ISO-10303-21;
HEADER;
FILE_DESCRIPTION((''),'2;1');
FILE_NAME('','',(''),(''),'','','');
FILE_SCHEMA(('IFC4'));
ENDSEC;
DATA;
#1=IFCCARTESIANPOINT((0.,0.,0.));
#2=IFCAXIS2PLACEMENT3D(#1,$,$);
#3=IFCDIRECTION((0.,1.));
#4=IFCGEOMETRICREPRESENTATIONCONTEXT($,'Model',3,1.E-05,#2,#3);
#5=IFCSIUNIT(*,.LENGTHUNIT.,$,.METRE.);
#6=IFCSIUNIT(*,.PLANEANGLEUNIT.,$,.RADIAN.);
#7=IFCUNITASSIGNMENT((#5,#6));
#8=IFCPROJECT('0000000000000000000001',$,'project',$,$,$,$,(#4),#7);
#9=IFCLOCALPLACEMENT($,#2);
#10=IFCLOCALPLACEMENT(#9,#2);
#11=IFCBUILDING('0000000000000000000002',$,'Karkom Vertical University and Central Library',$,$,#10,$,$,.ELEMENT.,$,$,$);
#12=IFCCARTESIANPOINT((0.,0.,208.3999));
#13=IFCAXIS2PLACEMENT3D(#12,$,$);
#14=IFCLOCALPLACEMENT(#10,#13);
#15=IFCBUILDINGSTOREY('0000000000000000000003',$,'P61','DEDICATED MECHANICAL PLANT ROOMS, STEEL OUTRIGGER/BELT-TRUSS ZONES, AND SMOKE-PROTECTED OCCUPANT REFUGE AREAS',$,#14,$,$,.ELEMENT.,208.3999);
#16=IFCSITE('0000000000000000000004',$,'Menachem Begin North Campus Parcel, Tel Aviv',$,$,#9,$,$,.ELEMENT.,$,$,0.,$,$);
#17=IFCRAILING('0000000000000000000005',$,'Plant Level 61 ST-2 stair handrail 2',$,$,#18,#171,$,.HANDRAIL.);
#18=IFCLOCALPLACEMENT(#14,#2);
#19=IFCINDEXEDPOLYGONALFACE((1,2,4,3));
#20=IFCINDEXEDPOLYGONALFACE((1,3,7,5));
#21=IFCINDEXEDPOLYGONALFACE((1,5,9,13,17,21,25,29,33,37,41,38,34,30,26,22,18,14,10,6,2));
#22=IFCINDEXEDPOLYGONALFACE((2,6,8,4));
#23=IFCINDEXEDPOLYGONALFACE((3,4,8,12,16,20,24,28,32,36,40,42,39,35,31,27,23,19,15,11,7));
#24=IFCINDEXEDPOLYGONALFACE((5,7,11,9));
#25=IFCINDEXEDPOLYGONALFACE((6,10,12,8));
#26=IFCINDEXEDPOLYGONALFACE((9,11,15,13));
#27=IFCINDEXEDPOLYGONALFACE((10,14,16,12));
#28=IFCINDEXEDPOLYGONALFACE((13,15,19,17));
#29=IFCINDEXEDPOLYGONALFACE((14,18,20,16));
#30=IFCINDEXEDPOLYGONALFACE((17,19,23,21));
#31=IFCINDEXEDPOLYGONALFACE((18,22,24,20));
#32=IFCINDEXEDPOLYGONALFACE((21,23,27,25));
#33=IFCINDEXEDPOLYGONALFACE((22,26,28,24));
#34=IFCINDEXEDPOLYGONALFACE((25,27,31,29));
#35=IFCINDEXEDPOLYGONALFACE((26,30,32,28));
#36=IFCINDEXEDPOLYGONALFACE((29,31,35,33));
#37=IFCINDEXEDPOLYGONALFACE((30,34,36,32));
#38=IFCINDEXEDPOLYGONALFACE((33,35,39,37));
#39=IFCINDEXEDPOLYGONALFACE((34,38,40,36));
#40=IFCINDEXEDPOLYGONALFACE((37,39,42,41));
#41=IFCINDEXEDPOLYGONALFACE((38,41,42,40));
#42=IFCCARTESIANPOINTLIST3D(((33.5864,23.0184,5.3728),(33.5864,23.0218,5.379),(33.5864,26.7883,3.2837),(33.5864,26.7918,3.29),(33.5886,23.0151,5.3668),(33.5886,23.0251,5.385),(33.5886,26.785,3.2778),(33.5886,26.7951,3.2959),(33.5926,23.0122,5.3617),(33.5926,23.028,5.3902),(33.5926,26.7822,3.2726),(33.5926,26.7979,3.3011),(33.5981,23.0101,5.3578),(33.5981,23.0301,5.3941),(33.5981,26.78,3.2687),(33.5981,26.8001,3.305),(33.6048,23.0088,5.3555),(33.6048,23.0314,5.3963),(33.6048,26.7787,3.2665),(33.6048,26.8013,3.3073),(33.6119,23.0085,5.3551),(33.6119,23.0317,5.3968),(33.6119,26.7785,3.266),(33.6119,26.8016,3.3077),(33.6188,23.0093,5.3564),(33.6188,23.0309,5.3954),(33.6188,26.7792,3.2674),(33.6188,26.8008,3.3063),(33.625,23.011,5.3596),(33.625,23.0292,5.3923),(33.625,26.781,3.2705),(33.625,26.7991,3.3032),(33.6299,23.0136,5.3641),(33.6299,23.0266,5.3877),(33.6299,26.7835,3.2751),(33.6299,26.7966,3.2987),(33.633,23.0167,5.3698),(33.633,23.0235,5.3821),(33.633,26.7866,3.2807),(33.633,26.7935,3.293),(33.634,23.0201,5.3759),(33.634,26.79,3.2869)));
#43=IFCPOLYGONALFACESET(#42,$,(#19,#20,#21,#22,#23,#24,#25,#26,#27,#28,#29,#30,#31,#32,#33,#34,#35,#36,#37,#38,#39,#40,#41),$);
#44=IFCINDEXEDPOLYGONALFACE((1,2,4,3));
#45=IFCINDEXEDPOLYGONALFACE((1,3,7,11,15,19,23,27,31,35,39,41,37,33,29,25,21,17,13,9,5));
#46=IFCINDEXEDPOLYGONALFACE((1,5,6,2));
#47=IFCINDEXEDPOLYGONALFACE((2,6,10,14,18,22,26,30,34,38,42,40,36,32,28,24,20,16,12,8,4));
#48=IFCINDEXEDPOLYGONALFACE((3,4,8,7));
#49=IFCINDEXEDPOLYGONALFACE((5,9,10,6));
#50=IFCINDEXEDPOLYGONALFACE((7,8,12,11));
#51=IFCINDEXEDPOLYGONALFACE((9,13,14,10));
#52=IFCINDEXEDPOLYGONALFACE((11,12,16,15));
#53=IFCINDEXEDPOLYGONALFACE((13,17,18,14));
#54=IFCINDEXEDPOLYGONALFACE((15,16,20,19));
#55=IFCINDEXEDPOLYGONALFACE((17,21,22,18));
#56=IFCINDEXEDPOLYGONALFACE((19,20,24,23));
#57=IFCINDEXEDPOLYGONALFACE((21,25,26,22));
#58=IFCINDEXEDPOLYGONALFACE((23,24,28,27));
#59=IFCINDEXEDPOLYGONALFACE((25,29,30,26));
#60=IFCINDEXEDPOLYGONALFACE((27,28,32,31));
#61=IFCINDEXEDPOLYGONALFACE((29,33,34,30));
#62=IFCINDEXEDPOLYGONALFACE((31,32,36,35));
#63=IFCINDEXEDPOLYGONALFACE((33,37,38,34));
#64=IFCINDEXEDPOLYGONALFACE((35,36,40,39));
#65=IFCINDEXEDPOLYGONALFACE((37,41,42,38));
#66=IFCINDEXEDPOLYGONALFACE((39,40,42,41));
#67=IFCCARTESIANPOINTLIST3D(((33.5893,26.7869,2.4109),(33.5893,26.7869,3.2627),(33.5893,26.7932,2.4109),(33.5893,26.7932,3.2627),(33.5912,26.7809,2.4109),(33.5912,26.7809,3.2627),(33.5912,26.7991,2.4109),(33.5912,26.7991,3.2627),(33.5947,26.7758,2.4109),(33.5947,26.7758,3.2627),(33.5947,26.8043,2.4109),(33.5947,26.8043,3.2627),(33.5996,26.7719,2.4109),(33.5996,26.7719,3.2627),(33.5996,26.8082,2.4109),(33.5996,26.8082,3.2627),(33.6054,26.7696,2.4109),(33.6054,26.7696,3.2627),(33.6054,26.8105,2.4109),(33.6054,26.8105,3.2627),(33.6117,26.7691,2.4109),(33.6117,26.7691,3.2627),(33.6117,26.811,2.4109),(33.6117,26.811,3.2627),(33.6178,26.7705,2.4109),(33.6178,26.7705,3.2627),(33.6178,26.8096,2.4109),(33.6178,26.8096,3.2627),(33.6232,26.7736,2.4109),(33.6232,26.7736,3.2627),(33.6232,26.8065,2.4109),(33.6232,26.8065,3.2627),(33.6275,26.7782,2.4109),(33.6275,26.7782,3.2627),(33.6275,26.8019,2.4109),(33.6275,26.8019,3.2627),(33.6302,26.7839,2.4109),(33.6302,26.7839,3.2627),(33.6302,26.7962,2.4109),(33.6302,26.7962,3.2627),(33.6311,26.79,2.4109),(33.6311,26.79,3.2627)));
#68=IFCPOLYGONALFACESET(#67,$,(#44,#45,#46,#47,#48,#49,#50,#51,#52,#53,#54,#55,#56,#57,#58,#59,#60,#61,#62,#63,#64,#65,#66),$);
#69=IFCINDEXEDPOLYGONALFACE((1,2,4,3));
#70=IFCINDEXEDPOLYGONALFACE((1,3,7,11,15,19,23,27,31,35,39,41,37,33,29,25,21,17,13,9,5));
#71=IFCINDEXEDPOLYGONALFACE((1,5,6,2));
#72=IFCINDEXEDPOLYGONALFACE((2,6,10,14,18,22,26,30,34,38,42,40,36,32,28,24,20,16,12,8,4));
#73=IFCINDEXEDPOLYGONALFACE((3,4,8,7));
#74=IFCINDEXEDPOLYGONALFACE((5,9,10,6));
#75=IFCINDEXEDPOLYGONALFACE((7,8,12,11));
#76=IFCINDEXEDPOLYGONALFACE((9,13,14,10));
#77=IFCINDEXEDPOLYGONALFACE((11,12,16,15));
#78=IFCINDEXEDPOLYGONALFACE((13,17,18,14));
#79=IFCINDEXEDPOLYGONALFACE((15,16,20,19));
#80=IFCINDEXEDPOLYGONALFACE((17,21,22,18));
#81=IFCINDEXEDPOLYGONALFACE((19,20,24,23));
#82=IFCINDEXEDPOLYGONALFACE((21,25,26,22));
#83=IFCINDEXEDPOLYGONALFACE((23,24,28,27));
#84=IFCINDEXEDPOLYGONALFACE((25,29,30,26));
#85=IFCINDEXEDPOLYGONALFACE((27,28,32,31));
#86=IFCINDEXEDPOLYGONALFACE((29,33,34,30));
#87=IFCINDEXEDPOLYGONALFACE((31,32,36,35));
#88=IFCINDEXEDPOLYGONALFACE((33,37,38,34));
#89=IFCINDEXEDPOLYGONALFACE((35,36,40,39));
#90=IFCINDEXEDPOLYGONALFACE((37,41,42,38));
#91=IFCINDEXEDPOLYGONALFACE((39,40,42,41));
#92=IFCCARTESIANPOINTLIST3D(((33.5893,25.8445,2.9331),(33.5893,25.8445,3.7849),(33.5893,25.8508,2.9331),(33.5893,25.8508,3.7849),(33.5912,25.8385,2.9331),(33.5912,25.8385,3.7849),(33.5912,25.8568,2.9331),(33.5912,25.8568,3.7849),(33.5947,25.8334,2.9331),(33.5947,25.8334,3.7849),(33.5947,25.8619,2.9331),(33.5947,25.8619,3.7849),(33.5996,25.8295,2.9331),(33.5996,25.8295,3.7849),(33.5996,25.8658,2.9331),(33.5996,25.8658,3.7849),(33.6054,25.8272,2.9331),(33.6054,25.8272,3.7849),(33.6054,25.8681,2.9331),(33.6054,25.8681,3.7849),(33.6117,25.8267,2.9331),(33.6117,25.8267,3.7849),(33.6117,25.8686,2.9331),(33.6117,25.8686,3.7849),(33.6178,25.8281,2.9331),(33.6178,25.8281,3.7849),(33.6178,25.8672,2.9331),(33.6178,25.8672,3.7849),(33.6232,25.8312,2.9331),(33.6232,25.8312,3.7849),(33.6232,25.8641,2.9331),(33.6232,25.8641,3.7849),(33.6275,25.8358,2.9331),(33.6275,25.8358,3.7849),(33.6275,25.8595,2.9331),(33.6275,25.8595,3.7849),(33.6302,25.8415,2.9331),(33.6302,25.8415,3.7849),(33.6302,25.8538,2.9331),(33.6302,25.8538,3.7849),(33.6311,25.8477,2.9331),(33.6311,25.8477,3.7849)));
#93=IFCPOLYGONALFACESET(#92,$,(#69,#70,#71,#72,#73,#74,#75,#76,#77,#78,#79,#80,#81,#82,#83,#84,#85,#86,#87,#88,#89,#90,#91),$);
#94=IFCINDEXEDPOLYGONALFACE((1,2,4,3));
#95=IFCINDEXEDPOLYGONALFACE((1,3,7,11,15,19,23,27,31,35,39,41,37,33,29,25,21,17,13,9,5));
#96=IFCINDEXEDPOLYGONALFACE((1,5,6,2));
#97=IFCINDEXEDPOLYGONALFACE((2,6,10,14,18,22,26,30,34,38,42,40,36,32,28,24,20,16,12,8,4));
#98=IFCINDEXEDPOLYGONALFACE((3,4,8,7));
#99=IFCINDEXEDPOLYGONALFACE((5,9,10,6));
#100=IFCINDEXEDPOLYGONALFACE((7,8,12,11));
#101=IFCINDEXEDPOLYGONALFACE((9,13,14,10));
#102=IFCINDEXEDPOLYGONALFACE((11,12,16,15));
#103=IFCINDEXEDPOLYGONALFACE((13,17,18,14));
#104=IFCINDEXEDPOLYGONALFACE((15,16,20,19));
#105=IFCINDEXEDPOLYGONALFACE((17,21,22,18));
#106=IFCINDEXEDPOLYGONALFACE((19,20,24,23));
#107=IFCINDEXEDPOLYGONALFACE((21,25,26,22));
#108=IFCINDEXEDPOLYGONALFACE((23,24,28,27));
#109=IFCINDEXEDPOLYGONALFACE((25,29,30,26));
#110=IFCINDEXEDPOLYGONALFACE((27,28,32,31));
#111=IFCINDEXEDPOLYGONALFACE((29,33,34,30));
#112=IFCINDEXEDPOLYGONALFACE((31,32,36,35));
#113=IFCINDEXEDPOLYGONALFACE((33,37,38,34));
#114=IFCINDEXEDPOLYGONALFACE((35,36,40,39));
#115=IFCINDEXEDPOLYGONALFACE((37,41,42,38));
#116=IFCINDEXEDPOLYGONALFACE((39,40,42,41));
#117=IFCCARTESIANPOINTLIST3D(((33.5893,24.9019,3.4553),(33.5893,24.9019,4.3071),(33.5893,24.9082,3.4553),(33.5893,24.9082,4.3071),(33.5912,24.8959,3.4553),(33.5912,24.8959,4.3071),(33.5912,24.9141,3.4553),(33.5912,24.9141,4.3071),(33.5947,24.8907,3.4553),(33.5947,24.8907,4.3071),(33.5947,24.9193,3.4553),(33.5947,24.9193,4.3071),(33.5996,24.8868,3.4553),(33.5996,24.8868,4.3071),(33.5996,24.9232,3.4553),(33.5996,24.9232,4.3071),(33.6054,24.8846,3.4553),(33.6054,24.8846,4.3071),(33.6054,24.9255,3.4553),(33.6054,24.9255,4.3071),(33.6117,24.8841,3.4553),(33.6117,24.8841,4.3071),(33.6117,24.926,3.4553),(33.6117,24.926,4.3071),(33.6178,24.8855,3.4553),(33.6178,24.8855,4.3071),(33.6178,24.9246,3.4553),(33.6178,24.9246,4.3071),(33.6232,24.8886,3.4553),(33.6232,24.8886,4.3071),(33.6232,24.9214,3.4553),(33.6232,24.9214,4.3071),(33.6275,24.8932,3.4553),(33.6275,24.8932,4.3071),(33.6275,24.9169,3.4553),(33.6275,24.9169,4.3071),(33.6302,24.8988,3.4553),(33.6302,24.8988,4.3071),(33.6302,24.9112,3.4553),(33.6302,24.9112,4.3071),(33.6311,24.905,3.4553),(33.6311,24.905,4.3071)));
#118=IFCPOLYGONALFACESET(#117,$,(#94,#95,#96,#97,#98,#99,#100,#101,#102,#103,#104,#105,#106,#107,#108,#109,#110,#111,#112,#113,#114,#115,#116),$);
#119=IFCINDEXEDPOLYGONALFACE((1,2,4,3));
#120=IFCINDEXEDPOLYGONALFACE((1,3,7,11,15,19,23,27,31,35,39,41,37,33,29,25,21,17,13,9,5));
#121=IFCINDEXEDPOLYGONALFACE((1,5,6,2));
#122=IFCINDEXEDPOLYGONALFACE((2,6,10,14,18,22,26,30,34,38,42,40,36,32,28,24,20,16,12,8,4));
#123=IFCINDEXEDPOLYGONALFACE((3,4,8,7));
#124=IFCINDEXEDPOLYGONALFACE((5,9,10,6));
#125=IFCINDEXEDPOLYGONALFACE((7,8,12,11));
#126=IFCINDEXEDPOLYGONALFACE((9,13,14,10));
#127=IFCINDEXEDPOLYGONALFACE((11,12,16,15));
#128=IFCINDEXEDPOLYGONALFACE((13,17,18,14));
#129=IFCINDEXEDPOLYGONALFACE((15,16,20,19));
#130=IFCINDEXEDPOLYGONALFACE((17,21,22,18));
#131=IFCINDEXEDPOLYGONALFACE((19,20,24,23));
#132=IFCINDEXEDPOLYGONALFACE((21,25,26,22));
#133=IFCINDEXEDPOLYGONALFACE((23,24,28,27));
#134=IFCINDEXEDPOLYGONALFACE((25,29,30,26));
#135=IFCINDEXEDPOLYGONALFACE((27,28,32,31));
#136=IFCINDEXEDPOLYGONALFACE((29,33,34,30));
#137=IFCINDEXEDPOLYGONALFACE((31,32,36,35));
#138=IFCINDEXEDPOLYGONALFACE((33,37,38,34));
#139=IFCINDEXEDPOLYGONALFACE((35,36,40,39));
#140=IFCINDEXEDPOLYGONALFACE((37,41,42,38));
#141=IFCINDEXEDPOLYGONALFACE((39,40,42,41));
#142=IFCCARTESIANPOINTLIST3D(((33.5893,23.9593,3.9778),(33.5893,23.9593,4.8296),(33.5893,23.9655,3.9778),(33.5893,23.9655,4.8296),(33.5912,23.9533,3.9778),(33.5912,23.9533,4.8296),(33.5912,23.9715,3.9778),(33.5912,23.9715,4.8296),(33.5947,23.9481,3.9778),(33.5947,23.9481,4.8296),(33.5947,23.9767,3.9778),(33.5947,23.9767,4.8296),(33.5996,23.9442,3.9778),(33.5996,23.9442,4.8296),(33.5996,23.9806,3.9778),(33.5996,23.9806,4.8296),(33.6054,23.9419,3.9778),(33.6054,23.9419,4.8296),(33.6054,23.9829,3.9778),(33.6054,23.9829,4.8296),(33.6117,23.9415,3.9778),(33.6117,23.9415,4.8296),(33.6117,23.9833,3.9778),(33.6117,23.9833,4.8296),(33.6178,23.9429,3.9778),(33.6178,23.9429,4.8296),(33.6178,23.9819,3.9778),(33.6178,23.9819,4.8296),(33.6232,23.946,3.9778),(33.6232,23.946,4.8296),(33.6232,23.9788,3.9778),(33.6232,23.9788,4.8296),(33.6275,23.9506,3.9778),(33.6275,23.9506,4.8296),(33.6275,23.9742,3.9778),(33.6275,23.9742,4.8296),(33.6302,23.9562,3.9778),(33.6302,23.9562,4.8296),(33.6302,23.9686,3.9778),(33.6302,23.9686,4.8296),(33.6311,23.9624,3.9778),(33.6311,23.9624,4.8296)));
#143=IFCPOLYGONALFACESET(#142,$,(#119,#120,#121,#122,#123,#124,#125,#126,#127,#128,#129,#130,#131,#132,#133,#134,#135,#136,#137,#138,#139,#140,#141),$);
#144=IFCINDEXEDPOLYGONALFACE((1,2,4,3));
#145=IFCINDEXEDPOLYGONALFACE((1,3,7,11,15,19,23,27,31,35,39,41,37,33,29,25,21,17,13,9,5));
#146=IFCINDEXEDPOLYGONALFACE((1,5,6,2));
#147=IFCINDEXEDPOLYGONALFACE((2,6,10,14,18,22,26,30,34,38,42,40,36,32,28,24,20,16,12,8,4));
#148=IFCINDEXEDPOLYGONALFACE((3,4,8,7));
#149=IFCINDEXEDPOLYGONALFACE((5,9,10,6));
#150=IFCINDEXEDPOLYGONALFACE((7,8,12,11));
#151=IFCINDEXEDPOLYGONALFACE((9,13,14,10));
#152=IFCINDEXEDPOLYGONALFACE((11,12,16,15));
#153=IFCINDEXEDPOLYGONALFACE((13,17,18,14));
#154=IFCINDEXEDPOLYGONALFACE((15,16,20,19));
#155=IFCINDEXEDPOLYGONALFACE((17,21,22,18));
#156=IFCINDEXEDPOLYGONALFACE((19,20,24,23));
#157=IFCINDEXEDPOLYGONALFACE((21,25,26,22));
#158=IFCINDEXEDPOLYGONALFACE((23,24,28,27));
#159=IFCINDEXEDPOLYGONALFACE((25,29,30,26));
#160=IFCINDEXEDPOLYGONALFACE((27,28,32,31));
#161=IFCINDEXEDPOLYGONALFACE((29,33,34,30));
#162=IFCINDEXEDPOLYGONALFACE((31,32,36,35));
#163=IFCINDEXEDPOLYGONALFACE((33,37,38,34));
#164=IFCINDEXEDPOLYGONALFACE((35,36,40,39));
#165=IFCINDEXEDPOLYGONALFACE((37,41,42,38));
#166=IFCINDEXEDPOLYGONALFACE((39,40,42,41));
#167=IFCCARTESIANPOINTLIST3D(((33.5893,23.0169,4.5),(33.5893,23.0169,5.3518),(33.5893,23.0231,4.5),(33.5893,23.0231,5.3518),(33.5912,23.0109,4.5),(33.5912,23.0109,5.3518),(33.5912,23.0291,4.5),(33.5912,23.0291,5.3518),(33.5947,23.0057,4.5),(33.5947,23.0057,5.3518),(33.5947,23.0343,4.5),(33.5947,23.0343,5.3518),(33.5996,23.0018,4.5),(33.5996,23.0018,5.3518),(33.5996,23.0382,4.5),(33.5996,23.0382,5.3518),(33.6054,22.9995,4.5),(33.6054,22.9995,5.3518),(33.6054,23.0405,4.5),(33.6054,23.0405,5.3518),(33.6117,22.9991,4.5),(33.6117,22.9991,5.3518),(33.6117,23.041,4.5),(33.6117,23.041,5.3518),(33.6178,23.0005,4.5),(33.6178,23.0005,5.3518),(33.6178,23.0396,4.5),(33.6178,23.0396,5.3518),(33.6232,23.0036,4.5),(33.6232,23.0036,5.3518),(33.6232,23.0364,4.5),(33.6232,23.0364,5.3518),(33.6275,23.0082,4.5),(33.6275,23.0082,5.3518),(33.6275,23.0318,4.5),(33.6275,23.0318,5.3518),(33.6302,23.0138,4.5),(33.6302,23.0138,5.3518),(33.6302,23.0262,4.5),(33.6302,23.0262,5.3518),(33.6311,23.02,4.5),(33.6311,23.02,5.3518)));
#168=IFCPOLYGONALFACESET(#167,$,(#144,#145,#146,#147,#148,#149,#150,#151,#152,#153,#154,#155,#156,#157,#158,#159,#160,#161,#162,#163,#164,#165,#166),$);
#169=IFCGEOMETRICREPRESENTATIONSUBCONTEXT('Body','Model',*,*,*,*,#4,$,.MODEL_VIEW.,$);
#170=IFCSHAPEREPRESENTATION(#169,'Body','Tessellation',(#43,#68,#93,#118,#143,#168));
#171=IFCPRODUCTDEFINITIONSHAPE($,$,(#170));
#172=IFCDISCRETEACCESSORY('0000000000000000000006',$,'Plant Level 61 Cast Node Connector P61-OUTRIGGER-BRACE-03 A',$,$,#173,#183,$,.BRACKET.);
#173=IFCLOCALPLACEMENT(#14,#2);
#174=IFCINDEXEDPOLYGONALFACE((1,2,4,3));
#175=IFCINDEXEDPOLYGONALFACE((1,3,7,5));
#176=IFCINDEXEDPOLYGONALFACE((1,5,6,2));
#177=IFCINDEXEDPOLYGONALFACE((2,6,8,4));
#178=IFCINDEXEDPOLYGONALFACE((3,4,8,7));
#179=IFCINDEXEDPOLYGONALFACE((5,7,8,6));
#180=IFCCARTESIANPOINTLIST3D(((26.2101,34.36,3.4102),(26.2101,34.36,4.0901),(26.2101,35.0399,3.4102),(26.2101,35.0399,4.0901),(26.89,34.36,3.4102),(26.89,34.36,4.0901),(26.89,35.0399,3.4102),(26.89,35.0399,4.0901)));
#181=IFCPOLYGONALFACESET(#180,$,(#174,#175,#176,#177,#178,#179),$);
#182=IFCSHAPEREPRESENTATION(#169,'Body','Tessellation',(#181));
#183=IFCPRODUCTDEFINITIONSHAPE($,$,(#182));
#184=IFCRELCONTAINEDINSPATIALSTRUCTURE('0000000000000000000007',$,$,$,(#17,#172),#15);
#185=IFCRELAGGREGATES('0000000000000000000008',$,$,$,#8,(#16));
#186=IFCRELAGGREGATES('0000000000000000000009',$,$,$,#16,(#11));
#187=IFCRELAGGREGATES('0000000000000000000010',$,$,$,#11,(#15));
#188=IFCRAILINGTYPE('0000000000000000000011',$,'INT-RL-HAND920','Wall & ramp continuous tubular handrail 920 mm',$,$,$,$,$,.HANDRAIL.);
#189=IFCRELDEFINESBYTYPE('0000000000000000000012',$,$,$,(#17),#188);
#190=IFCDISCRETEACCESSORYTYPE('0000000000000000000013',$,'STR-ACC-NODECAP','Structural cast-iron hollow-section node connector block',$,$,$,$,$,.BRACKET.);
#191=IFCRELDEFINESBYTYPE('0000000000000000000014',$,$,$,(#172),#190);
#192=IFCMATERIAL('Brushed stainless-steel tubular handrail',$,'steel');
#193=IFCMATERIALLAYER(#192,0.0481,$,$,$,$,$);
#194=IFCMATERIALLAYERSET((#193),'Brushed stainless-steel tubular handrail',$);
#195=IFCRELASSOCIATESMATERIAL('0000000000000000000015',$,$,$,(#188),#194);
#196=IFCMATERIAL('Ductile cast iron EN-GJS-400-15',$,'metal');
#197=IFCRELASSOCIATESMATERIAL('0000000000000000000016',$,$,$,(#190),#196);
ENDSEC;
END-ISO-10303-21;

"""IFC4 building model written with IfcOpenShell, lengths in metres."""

from ifc_helpers import new_model, si_unit, direction, frame, origin, origin_with_axes, origin_2d, place, context, subcontext, project, spatial, rectangle, circle, extrude, source, transform, mapped, material, layer, layer_set, type_object, element, save


model = new_model("IFC4")

# Units and contexts
model_context = context("Model", 3, precision=1e-05, world=origin(), true_north=direction((0.0, 1.0)))
body_context = subcontext(model_context, "Body", "Model", "MODEL_VIEW")
ifc_project = project(units=[si_unit("LENGTHUNIT", "METRE"), si_unit("PLANEANGLEUNIT", "RADIAN")], contexts=[model_context])

# Site, building, storey
site_placement = place(None, origin())
site = spatial("IfcSite", under=ifc_project, at=site_placement, Name="Menachem Begin North Campus Parcel, Tel Aviv", CompositionType="ELEMENT", RefElevation=0.0)
building_placement = place(site_placement, origin())
building = spatial("IfcBuilding", under=site, at=building_placement, Name="Karkom Vertical University and Central Library", CompositionType="ELEMENT")
storey_placement = place(building_placement, frame((0.0, 0.0, 208.3999)))
storey = spatial("IfcBuildingStorey", under=building, at=storey_placement, Name="P61", Description="DEDICATED MECHANICAL PLANT ROOMS, STEEL OUTRIGGER/BELT-TRUSS ZONES, AND SMOKE-PROTECTED OCCUPANT REFUGE AREAS", CompositionType="ELEMENT", Elevation=208.3999)

# Railing
ifc_material_1 = material(Name="Brushed stainless-steel tubular handrail", Category="steel")
ifc_layer_1 = layer(ifc_material_1, 0.0481)
ifc_layer_set_1 = layer_set([ifc_layer_1], Name="Brushed stainless-steel tubular handrail")
railing_type = type_object("IfcRailingType", Name="INT-RL-HAND920", Description="Wall & ramp continuous tubular handrail 920 mm", PredefinedType="HANDRAIL", material=ifc_layer_set_1)
railing_placement = place(storey_placement, frame((33.6101, 26.79, 2.4109)))
element("IfcRailing", 1, at=railing_placement, inside=storey, type_object=railing_type, Name="Plant Level 61 ST-2 stair handrail 2", PredefinedType="HANDRAIL", context=body_context, shape_type="SweptSolid", body=[
    extrude(circle(Radius=0.0239, at=origin_2d()), frame((0.0, 0.0, 0.876), z_axis=(0.0, -0.874683, 0.484695), x_axis=(1.0, 0.0, 0.0)), (0.0, 0.0, 1.0), 4.3101),
    extrude(circle(Radius=0.021, at=origin_2d()), origin(), (0.0, 0.0, 1.0), 0.8518),
    extrude(circle(Radius=0.021, at=origin_2d()), frame((0.0, -0.9424, 0.5222)), (0.0, 0.0, 1.0), 0.8518),
    extrude(circle(Radius=0.021, at=origin_2d()), frame((0.0, -1.885, 1.0444)), (0.0, 0.0, 1.0), 0.8518),
    extrude(circle(Radius=0.021, at=origin_2d()), frame((0.0, -2.8276, 1.5669)), (0.0, 0.0, 1.0), 0.8518),
    extrude(circle(Radius=0.021, at=origin_2d()), frame((0.0, -3.77, 2.0891)), (0.0, 0.0, 1.0), 0.8518),
])

# Discrete accessory
ifc_material_2 = material(Name="Ductile cast iron EN-GJS-400-15", Category="metal")
discrete_accessory_type = type_object("IfcDiscreteAccessoryType", Name="STR-ACC-NODECAP", Description="Structural cast-iron hollow-section node connector block", PredefinedType="BRACKET", material=ifc_material_2)
shared_shape_1 = source(origin_with_axes(), body_context, "Body", "SweptSolid", [
    extrude(rectangle(XDim=0.6799, YDim=0.6799, at=origin_2d()), origin(), (0.0, 0.0, 1.0), 0.6799),
])
discrete_accessory_placement = place(storey_placement, frame((26.55, 34.7, 3.4102), z_axis=(0.0, 0.0, 1.0), x_axis=(1.0, 0.0, 0.0)))
element("IfcDiscreteAccessory", 2, at=discrete_accessory_placement, inside=storey, type_object=discrete_accessory_type, Name="Plant Level 61 Cast Node Connector P61-OUTRIGGER-BRACE-03 A", PredefinedType="BRACKET", context=body_context, shape_type="MappedRepresentation", body=[
    mapped(shared_shape_1, transform((0.0, 0.0, 0.0), scale=1.0)),
])

save(model, "model.ifc")
